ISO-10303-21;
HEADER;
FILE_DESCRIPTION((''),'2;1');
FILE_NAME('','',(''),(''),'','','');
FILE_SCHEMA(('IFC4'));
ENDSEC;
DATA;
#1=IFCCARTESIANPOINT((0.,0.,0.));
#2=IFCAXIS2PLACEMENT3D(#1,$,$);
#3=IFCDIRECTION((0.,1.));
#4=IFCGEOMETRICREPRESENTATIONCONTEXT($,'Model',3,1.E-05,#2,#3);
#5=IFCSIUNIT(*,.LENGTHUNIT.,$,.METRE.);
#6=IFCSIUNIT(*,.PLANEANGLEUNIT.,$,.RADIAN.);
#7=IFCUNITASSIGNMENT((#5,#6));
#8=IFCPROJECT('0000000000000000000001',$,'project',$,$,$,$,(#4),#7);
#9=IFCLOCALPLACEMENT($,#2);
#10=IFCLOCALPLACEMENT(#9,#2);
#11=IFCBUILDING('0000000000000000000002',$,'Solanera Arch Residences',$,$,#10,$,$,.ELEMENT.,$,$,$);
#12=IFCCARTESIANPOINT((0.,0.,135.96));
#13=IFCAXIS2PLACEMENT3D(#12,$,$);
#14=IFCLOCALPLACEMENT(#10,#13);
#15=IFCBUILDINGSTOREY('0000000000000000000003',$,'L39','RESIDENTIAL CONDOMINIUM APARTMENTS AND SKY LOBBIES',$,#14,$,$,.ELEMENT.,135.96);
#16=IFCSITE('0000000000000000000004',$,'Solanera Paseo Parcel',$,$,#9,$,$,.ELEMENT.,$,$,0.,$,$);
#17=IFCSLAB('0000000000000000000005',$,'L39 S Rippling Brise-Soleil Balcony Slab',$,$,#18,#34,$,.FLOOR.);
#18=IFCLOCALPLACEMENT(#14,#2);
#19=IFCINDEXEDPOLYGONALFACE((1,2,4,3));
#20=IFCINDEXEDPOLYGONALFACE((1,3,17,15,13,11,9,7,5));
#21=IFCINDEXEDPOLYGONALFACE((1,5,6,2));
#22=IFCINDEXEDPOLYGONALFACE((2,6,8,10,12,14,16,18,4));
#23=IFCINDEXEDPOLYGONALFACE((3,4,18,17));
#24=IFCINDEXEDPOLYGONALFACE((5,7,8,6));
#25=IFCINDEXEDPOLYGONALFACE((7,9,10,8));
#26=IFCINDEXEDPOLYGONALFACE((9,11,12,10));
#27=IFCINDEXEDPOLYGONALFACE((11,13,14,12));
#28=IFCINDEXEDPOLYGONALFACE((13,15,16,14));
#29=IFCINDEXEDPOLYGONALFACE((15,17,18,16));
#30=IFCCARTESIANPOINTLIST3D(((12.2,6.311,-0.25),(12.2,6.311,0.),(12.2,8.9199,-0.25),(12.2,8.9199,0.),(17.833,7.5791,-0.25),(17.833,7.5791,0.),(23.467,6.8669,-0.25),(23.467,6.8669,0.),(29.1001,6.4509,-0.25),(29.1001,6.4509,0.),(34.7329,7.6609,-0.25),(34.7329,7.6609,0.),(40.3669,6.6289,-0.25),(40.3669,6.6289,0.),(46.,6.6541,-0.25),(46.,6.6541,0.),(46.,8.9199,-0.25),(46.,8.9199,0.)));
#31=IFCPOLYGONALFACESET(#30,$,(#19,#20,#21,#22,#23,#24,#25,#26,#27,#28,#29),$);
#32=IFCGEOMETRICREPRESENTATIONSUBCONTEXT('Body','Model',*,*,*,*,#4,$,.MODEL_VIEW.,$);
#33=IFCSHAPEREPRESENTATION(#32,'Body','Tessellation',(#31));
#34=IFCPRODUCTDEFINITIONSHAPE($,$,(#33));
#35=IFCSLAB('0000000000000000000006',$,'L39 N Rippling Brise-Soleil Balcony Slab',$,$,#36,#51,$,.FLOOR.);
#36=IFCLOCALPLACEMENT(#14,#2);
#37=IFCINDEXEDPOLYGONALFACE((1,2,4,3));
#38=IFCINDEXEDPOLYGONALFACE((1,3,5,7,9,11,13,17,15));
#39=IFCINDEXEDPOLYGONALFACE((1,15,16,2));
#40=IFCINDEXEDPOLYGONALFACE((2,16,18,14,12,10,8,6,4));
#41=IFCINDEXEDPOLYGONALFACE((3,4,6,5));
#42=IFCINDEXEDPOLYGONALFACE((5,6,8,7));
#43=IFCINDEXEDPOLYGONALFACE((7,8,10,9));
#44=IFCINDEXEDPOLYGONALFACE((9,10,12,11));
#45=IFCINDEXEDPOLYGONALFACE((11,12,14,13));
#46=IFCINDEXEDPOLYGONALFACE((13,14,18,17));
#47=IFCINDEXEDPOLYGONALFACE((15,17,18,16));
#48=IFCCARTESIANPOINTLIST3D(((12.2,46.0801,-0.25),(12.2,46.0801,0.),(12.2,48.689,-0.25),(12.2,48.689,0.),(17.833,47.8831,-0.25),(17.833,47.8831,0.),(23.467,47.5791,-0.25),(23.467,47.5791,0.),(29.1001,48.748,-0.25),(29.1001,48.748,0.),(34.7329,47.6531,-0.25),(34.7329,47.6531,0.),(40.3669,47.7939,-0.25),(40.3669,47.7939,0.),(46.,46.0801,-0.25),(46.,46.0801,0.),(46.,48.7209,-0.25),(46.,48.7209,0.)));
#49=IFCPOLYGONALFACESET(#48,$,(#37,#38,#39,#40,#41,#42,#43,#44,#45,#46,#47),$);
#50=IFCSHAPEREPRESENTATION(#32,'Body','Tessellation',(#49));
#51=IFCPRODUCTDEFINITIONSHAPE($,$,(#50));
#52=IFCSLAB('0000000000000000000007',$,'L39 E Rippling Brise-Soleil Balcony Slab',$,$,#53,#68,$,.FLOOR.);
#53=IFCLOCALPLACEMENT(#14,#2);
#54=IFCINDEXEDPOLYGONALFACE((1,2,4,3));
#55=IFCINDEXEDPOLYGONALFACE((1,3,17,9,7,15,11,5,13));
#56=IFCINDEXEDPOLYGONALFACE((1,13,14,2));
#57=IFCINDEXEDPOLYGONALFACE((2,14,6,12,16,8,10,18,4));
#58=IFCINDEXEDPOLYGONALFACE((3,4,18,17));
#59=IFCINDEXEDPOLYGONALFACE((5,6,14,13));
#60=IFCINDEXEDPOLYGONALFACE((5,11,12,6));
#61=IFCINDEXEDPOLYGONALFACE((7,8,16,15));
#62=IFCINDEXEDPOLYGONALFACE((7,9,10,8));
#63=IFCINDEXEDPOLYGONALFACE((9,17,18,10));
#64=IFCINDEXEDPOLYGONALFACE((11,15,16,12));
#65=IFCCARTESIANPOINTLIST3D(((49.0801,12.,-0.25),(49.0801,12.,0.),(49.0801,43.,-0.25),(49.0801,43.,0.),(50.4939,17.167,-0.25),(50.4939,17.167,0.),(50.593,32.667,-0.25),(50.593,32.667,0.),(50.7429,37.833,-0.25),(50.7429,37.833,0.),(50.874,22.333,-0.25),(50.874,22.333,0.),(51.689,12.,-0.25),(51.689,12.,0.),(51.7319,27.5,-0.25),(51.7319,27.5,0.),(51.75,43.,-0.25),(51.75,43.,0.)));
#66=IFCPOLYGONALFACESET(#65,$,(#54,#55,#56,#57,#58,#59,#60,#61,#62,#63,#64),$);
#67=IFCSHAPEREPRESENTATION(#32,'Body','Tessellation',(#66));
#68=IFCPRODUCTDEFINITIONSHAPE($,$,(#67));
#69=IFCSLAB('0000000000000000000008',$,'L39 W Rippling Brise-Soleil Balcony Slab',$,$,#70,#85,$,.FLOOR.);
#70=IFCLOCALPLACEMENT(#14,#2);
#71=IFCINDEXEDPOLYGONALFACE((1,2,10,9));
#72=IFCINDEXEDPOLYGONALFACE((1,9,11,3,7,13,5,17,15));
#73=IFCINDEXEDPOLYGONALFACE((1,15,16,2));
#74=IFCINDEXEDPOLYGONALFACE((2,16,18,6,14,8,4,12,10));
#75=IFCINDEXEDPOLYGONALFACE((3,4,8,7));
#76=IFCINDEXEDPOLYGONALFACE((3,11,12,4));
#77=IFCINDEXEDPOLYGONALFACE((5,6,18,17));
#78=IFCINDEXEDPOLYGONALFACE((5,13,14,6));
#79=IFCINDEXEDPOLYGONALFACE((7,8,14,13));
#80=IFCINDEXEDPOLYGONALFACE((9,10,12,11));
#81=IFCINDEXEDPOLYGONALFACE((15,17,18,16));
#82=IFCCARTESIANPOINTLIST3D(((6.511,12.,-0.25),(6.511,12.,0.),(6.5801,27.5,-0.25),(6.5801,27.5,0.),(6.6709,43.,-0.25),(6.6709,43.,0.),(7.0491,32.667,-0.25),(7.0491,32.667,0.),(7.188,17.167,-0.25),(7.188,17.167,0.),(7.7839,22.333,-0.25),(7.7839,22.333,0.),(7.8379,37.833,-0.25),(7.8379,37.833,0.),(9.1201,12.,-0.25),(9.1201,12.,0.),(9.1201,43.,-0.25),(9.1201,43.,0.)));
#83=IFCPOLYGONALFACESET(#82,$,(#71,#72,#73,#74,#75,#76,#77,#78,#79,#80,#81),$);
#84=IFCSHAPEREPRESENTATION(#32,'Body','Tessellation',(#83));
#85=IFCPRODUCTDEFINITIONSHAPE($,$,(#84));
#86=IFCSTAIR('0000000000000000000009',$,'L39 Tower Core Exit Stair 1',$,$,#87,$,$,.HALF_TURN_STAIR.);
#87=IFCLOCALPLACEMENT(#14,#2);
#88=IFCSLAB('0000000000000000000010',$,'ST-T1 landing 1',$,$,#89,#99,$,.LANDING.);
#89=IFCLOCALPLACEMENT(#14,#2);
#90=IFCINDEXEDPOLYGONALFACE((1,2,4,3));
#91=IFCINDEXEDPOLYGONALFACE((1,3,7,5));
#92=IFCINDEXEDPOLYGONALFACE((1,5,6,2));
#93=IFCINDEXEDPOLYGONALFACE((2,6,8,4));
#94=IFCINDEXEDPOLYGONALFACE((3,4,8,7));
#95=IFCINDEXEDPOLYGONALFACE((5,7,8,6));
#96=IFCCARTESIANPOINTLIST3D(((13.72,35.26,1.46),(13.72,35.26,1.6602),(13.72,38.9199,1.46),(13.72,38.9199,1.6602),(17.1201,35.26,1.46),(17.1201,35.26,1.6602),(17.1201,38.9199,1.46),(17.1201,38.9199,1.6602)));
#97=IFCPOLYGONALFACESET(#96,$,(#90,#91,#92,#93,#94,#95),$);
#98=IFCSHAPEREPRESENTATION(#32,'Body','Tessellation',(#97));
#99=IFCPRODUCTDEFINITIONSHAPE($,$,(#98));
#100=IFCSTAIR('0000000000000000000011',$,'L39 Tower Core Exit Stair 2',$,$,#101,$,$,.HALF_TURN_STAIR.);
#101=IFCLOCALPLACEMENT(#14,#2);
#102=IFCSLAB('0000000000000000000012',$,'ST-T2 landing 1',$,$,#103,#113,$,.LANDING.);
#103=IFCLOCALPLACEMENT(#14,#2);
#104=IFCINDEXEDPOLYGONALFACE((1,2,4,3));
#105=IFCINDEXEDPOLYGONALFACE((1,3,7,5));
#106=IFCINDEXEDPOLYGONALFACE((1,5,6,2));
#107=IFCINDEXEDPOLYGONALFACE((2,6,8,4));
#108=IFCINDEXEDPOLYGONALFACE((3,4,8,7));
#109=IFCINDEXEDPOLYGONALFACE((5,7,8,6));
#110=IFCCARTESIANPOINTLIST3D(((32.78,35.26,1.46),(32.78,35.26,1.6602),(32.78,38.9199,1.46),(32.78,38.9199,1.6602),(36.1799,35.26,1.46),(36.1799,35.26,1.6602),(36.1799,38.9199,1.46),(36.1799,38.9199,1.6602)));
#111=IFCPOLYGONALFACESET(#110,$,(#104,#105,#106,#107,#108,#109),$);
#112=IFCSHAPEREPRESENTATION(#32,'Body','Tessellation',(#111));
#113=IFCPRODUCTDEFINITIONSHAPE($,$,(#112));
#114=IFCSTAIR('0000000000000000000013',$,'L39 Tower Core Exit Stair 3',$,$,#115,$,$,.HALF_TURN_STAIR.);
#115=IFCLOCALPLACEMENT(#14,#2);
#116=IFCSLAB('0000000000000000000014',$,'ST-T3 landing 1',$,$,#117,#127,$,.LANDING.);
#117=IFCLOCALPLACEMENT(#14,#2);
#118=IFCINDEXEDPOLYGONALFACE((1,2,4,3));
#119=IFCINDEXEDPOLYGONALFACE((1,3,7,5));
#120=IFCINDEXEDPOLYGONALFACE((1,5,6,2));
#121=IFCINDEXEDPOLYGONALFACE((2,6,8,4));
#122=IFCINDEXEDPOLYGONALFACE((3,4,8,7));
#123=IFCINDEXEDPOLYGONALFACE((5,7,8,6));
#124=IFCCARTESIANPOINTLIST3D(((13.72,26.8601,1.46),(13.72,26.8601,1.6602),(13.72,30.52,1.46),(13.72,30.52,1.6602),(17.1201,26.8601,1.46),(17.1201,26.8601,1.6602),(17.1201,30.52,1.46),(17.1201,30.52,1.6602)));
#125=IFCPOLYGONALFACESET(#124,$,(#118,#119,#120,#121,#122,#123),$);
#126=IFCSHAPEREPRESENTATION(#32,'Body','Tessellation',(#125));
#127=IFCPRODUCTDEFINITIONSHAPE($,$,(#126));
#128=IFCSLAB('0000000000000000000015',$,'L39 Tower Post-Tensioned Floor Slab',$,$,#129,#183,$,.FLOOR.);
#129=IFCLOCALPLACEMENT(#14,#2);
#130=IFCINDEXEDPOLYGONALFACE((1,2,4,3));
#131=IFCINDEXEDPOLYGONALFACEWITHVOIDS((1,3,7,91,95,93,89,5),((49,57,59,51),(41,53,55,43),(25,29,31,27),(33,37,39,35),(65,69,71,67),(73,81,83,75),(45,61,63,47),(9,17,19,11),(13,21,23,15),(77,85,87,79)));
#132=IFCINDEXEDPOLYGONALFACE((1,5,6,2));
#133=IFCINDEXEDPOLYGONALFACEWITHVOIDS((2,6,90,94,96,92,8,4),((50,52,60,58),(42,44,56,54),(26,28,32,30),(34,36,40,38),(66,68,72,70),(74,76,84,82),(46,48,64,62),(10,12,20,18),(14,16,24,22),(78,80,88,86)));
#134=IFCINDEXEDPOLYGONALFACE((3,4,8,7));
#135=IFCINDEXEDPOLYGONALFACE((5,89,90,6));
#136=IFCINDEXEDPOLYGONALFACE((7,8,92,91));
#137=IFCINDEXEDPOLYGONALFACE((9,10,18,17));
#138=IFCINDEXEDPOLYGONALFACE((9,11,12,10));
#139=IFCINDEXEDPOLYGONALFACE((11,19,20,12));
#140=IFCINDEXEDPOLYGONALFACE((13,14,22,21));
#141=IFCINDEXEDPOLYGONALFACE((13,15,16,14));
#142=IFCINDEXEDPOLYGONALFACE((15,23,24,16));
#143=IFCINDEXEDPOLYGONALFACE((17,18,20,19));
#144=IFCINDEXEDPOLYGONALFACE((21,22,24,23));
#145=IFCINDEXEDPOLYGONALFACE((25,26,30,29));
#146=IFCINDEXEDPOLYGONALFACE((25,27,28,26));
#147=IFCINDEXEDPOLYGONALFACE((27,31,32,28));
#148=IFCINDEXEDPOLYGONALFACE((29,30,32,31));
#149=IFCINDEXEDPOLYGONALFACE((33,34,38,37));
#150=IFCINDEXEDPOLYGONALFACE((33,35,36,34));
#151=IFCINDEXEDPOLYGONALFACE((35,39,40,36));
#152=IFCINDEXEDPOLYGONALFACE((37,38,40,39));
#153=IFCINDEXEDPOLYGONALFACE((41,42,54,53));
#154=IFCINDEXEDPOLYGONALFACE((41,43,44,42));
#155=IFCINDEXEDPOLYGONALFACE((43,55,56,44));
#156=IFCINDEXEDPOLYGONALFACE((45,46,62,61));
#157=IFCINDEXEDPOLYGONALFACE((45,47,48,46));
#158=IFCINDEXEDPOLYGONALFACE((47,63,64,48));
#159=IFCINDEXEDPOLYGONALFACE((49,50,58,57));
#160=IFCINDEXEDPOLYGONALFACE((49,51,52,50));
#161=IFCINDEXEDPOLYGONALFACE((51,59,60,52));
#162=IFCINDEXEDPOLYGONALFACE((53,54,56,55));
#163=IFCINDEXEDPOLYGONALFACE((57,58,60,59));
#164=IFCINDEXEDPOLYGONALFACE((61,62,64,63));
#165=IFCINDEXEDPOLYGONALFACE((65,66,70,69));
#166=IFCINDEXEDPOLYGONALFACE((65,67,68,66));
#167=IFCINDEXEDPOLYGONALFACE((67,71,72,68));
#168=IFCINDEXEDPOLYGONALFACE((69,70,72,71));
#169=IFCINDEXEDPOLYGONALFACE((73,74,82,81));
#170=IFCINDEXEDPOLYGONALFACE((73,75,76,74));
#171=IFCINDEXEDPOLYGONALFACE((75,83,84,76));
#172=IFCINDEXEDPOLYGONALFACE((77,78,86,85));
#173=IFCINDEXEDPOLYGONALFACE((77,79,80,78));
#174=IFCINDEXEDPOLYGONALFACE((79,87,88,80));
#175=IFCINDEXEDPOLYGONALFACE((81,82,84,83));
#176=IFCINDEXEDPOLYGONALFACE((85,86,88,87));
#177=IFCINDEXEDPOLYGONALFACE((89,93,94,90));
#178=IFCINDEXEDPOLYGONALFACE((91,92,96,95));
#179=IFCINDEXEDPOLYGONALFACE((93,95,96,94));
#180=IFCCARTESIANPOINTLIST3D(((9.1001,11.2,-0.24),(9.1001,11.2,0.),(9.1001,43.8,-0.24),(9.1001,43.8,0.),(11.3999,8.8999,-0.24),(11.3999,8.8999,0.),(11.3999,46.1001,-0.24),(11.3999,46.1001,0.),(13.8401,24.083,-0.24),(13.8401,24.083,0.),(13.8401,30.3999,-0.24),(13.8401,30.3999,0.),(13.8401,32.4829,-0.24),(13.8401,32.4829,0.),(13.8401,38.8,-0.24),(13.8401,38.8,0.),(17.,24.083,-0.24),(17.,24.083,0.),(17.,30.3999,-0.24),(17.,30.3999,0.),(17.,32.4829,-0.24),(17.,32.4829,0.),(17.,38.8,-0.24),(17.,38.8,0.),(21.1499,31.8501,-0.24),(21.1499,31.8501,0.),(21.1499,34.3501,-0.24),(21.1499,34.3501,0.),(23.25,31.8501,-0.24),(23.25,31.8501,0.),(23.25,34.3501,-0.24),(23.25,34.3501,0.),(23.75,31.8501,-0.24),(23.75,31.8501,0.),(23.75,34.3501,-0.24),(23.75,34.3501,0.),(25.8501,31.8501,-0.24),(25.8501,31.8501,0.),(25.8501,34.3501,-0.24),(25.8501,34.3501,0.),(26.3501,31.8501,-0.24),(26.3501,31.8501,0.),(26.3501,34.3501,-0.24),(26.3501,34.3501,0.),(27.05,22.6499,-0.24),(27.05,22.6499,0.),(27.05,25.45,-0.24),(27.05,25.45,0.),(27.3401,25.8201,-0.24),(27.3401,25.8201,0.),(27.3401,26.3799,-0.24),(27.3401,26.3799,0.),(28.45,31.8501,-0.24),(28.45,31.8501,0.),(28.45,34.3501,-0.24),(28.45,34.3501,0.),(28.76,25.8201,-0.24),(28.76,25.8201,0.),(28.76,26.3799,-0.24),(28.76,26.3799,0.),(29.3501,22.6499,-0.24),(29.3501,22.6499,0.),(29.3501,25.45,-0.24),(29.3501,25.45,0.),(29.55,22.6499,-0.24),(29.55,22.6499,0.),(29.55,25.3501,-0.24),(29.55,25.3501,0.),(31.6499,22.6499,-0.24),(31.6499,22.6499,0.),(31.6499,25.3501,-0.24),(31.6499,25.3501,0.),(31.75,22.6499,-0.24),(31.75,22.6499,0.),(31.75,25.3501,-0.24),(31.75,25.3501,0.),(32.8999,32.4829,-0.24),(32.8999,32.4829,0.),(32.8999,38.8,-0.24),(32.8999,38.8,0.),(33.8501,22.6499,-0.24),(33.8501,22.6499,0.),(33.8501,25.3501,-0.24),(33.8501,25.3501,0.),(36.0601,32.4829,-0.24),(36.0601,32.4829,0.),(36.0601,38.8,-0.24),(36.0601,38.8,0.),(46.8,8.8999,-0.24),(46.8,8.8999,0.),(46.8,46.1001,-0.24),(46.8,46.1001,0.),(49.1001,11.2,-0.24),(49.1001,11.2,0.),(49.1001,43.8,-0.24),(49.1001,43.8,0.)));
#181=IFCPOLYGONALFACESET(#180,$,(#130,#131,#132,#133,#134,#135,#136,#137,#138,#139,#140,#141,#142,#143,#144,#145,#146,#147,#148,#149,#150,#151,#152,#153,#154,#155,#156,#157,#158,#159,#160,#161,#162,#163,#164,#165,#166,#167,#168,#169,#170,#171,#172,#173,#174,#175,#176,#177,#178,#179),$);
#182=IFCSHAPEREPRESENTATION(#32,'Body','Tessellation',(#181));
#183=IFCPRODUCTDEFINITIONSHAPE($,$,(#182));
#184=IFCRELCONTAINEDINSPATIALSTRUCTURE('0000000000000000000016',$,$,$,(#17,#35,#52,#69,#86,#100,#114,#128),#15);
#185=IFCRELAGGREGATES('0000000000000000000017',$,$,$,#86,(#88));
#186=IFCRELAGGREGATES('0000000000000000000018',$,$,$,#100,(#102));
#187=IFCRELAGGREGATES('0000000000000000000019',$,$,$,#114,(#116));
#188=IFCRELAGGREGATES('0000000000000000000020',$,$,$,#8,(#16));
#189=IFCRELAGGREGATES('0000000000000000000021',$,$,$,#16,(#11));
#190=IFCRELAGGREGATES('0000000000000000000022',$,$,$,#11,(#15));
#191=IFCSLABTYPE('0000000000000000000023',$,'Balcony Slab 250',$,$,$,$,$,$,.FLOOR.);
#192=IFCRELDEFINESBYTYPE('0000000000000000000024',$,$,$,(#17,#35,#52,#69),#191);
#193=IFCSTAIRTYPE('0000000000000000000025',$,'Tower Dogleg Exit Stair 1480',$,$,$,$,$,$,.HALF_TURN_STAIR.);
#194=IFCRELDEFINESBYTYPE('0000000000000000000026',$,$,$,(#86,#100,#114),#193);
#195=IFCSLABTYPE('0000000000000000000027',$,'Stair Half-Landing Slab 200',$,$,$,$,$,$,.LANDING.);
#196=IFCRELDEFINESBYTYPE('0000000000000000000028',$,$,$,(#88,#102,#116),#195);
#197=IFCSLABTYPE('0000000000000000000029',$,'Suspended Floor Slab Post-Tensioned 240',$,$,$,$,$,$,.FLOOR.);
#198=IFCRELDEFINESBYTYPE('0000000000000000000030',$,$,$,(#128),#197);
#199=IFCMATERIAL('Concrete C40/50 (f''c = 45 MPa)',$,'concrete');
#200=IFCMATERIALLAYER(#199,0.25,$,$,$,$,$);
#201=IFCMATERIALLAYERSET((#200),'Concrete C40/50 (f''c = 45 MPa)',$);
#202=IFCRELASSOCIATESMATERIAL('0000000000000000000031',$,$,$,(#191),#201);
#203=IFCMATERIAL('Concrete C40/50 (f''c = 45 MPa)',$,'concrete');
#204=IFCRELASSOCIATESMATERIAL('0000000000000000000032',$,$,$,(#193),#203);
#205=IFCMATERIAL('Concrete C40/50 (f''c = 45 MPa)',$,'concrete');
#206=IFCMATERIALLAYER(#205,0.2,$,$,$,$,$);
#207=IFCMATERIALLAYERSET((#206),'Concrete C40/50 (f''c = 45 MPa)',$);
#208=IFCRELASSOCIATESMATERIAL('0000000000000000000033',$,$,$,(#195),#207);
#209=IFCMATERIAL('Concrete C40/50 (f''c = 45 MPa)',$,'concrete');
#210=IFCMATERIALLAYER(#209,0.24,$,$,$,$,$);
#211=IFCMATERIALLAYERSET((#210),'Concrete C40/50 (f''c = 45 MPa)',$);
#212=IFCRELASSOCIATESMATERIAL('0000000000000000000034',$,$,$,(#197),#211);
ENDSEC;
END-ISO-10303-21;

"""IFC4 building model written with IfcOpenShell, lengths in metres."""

from ifc_helpers import new_model, si_unit, direction, frame, origin, place, context, subcontext, project, spatial, polyline, outline, extrude, material, layer, layer_set, type_object, element, aggregate, save


model = new_model("IFC4")

# Units and contexts
model_context = context("Model", 3, precision=1e-05, world=origin(), true_north=direction((0.0, 1.0)))
body_context = subcontext(model_context, "Body", "Model", "MODEL_VIEW")
ifc_project = project(units=[si_unit("LENGTHUNIT", "METRE"), si_unit("PLANEANGLEUNIT", "RADIAN")], contexts=[model_context])

# Site, building, storey
site_placement = place(None, origin())
site = spatial("IfcSite", under=ifc_project, at=site_placement, Name="Solanera Paseo Parcel", CompositionType="ELEMENT", RefElevation=0.0)
building_placement = place(site_placement, origin())
building = spatial("IfcBuilding", under=site, at=building_placement, Name="Solanera Arch Residences", CompositionType="ELEMENT")
storey_placement = place(building_placement, frame((0.0, 0.0, 135.96)))
storey = spatial("IfcBuildingStorey", under=building, at=storey_placement, Name="L39", Description="RESIDENTIAL CONDOMINIUM APARTMENTS AND SKY LOBBIES", CompositionType="ELEMENT", Elevation=135.96)

# Slabs
ifc_material_1 = material(Name="Concrete C40/50 (f'c = 45 MPa)", Category="concrete")
ifc_layer_1 = layer(ifc_material_1, 0.25)
ifc_layer_set_1 = layer_set([ifc_layer_1], Name="Concrete C40/50 (f'c = 45 MPa)")
slab_type_1 = type_object("IfcSlabType", Name="Balcony Slab 250", PredefinedType="FLOOR", material=ifc_layer_set_1)
slab_1_placement = place(storey_placement, frame((0.0, 0.0, -0.25)))
element("IfcSlab", 1, at=slab_1_placement, inside=storey, type_object=slab_type_1, Name="L39 S Rippling Brise-Soleil Balcony Slab", PredefinedType="FLOOR", context=body_context, shape_type="SweptSolid", body=[
    extrude(outline(polyline([(12.2, 6.311), (17.833, 7.5791), (23.467, 6.8669), (29.1001, 6.4509), (34.7329, 7.6609), (40.3669, 6.6289), (46.0, 6.6541), (46.0, 8.9199), (12.2, 8.9199), (12.2, 6.311)])), origin(), (0.0, 0.0, 1.0), 0.25),
])
slab_2_placement = place(storey_placement, frame((0.0, 0.0, -0.25)))
element("IfcSlab", 2, at=slab_2_placement, inside=storey, type_object=slab_type_1, Name="L39 N Rippling Brise-Soleil Balcony Slab", PredefinedType="FLOOR", context=body_context, shape_type="SweptSolid", body=[
    extrude(outline(polyline([(46.0, 48.7209), (40.3669, 47.7939), (34.7329, 47.6531), (29.1001, 48.748), (23.467, 47.5791), (17.833, 47.8831), (12.2, 48.689), (12.2, 46.0801), (46.0, 46.0801), (46.0, 48.7209)])), origin(), (0.0, 0.0, 1.0), 0.25),
])
slab_3_placement = place(storey_placement, frame((0.0, 0.0, -0.25)))
element("IfcSlab", 3, at=slab_3_placement, inside=storey, type_object=slab_type_1, Name="L39 E Rippling Brise-Soleil Balcony Slab", PredefinedType="FLOOR", context=body_context, shape_type="SweptSolid", body=[
    extrude(outline(polyline([(51.689, 12.0), (50.4939, 17.167), (50.874, 22.333), (51.7319, 27.5), (50.593, 32.667), (50.7429, 37.833), (51.75, 43.0), (49.0801, 43.0), (49.0801, 12.0), (51.689, 12.0)])), origin(), (0.0, 0.0, 1.0), 0.25),
])
slab_4_placement = place(storey_placement, frame((0.0, 0.0, -0.25)))
element("IfcSlab", 4, at=slab_4_placement, inside=storey, type_object=slab_type_1, Name="L39 W Rippling Brise-Soleil Balcony Slab", PredefinedType="FLOOR", context=body_context, shape_type="SweptSolid", body=[
    extrude(outline(polyline([(6.6709, 43.0), (7.8379, 37.833), (7.0491, 32.667), (6.5801, 27.5), (7.7839, 22.333), (7.188, 17.167), (6.511, 12.0), (9.1201, 12.0), (9.1201, 43.0), (6.6709, 43.0)])), origin(), (0.0, 0.0, 1.0), 0.25),
])

# Stairs, slabs
ifc_material_2 = material(Name="Concrete C40/50 (f'c = 45 MPa)", Category="concrete")
stair_type = type_object("IfcStairType", Name="Tower Dogleg Exit Stair 1480", PredefinedType="HALF_TURN_STAIR", material=ifc_material_2)
stair_1_placement = place(storey_placement, origin())
stair_1 = element("IfcStair", 5, at=stair_1_placement, inside=storey, type_object=stair_type, Name="L39 Tower Core Exit Stair 1", PredefinedType="HALF_TURN_STAIR")
ifc_material_3 = material(Name="Concrete C40/50 (f'c = 45 MPa)", Category="concrete")
ifc_layer_2 = layer(ifc_material_3, 0.2)
ifc_layer_set_2 = layer_set([ifc_layer_2], Name="Concrete C40/50 (f'c = 45 MPa)")
slab_type_2 = type_object("IfcSlabType", Name="Stair Half-Landing Slab 200", PredefinedType="LANDING", material=ifc_layer_set_2)
slab_5_placement = place(storey_placement, frame((0.0, 0.0, 1.46)))
slab_5 = element("IfcSlab", 6, at=slab_5_placement, type_object=slab_type_2, Name="ST-T1 landing 1", PredefinedType="LANDING", context=body_context, shape_type="SweptSolid", body=[
    extrude(outline(polyline([(17.1201, 35.26), (17.1201, 38.9199), (13.72, 38.9199), (13.72, 35.26), (17.1201, 35.26)])), origin(), (0.0, 0.0, 1.0), 0.2002),
])
aggregate(stair_1, [slab_5])
stair_2_placement = place(storey_placement, origin())
stair_2 = element("IfcStair", 7, at=stair_2_placement, inside=storey, type_object=stair_type, Name="L39 Tower Core Exit Stair 2", PredefinedType="HALF_TURN_STAIR")
slab_6_placement = place(storey_placement, frame((0.0, 0.0, 1.46)))
slab_6 = element("IfcSlab", 8, at=slab_6_placement, type_object=slab_type_2, Name="ST-T2 landing 1", PredefinedType="LANDING", context=body_context, shape_type="SweptSolid", body=[
    extrude(outline(polyline([(36.1799, 35.26), (36.1799, 38.9199), (32.78, 38.9199), (32.78, 35.26), (36.1799, 35.26)])), origin(), (0.0, 0.0, 1.0), 0.2002),
])
aggregate(stair_2, [slab_6])
stair_3_placement = place(storey_placement, origin())
stair_3 = element("IfcStair", 9, at=stair_3_placement, inside=storey, type_object=stair_type, Name="L39 Tower Core Exit Stair 3", PredefinedType="HALF_TURN_STAIR")
slab_7_placement = place(storey_placement, frame((0.0, 0.0, 1.46)))
slab_7 = element("IfcSlab", 10, at=slab_7_placement, type_object=slab_type_2, Name="ST-T3 landing 1", PredefinedType="LANDING", context=body_context, shape_type="SweptSolid", body=[
    extrude(outline(polyline([(17.1201, 26.8601), (17.1201, 30.52), (13.72, 30.52), (13.72, 26.8601), (17.1201, 26.8601)])), origin(), (0.0, 0.0, 1.0), 0.2002),
])
aggregate(stair_3, [slab_7])

# Slab
ifc_material_4 = material(Name="Concrete C40/50 (f'c = 45 MPa)", Category="concrete")
ifc_layer_3 = layer(ifc_material_4, 0.24)
ifc_layer_set_3 = layer_set([ifc_layer_3], Name="Concrete C40/50 (f'c = 45 MPa)")
slab_type_3 = type_object("IfcSlabType", Name="Suspended Floor Slab Post-Tensioned 240", PredefinedType="FLOOR", material=ifc_layer_set_3)
slab_8_placement = place(storey_placement, frame((0.0, 0.0, -0.24)))
element("IfcSlab", 11, at=slab_8_placement, inside=storey, type_object=slab_type_3, Name="L39 Tower Post-Tensioned Floor Slab", PredefinedType="FLOOR", context=body_context, shape_type="SweptSolid", body=[
    extrude(outline(polyline([(11.3999, 8.8999), (46.8, 8.8999), (49.1001, 11.2), (49.1001, 43.8), (46.8, 46.1001), (11.3999, 46.1001), (9.1001, 43.8), (9.1001, 11.2), (11.3999, 8.8999)]), holes=[polyline([(13.8401, 32.4829), (13.8401, 38.8), (17.0, 38.8), (17.0, 32.4829), (13.8401, 32.4829)]), polyline([(32.8999, 32.4829), (32.8999, 38.8), (36.0601, 38.8), (36.0601, 32.4829), (32.8999, 32.4829)]), polyline([(13.8401, 24.083), (13.8401, 30.3999), (17.0, 30.3999), (17.0, 24.083), (13.8401, 24.083)]), polyline([(21.1499, 34.3501), (23.25, 34.3501), (23.25, 31.8501), (21.1499, 31.8501), (21.1499, 34.3501)]), polyline([(23.75, 34.3501), (25.8501, 34.3501), (25.8501, 31.8501), (23.75, 31.8501), (23.75, 34.3501)]), polyline([(26.3501, 34.3501), (28.45, 34.3501), (28.45, 31.8501), (26.3501, 31.8501), (26.3501, 34.3501)]), polyline([(29.55, 25.3501), (31.6499, 25.3501), (31.6499, 22.6499), (29.55, 22.6499), (29.55, 25.3501)]), polyline([(31.75, 25.3501), (33.8501, 25.3501), (33.8501, 22.6499), (31.75, 22.6499), (31.75, 25.3501)]), polyline([(27.05, 25.45), (29.3501, 25.45), (29.3501, 22.6499), (27.05, 22.6499), (27.05, 25.45)]), polyline([(27.3401, 26.3799), (28.76, 26.3799), (28.76, 25.8201), (27.3401, 25.8201), (27.3401, 26.3799)])]), origin(), (0.0, 0.0, 1.0), 0.24),
])

save(model, "model.ifc")
